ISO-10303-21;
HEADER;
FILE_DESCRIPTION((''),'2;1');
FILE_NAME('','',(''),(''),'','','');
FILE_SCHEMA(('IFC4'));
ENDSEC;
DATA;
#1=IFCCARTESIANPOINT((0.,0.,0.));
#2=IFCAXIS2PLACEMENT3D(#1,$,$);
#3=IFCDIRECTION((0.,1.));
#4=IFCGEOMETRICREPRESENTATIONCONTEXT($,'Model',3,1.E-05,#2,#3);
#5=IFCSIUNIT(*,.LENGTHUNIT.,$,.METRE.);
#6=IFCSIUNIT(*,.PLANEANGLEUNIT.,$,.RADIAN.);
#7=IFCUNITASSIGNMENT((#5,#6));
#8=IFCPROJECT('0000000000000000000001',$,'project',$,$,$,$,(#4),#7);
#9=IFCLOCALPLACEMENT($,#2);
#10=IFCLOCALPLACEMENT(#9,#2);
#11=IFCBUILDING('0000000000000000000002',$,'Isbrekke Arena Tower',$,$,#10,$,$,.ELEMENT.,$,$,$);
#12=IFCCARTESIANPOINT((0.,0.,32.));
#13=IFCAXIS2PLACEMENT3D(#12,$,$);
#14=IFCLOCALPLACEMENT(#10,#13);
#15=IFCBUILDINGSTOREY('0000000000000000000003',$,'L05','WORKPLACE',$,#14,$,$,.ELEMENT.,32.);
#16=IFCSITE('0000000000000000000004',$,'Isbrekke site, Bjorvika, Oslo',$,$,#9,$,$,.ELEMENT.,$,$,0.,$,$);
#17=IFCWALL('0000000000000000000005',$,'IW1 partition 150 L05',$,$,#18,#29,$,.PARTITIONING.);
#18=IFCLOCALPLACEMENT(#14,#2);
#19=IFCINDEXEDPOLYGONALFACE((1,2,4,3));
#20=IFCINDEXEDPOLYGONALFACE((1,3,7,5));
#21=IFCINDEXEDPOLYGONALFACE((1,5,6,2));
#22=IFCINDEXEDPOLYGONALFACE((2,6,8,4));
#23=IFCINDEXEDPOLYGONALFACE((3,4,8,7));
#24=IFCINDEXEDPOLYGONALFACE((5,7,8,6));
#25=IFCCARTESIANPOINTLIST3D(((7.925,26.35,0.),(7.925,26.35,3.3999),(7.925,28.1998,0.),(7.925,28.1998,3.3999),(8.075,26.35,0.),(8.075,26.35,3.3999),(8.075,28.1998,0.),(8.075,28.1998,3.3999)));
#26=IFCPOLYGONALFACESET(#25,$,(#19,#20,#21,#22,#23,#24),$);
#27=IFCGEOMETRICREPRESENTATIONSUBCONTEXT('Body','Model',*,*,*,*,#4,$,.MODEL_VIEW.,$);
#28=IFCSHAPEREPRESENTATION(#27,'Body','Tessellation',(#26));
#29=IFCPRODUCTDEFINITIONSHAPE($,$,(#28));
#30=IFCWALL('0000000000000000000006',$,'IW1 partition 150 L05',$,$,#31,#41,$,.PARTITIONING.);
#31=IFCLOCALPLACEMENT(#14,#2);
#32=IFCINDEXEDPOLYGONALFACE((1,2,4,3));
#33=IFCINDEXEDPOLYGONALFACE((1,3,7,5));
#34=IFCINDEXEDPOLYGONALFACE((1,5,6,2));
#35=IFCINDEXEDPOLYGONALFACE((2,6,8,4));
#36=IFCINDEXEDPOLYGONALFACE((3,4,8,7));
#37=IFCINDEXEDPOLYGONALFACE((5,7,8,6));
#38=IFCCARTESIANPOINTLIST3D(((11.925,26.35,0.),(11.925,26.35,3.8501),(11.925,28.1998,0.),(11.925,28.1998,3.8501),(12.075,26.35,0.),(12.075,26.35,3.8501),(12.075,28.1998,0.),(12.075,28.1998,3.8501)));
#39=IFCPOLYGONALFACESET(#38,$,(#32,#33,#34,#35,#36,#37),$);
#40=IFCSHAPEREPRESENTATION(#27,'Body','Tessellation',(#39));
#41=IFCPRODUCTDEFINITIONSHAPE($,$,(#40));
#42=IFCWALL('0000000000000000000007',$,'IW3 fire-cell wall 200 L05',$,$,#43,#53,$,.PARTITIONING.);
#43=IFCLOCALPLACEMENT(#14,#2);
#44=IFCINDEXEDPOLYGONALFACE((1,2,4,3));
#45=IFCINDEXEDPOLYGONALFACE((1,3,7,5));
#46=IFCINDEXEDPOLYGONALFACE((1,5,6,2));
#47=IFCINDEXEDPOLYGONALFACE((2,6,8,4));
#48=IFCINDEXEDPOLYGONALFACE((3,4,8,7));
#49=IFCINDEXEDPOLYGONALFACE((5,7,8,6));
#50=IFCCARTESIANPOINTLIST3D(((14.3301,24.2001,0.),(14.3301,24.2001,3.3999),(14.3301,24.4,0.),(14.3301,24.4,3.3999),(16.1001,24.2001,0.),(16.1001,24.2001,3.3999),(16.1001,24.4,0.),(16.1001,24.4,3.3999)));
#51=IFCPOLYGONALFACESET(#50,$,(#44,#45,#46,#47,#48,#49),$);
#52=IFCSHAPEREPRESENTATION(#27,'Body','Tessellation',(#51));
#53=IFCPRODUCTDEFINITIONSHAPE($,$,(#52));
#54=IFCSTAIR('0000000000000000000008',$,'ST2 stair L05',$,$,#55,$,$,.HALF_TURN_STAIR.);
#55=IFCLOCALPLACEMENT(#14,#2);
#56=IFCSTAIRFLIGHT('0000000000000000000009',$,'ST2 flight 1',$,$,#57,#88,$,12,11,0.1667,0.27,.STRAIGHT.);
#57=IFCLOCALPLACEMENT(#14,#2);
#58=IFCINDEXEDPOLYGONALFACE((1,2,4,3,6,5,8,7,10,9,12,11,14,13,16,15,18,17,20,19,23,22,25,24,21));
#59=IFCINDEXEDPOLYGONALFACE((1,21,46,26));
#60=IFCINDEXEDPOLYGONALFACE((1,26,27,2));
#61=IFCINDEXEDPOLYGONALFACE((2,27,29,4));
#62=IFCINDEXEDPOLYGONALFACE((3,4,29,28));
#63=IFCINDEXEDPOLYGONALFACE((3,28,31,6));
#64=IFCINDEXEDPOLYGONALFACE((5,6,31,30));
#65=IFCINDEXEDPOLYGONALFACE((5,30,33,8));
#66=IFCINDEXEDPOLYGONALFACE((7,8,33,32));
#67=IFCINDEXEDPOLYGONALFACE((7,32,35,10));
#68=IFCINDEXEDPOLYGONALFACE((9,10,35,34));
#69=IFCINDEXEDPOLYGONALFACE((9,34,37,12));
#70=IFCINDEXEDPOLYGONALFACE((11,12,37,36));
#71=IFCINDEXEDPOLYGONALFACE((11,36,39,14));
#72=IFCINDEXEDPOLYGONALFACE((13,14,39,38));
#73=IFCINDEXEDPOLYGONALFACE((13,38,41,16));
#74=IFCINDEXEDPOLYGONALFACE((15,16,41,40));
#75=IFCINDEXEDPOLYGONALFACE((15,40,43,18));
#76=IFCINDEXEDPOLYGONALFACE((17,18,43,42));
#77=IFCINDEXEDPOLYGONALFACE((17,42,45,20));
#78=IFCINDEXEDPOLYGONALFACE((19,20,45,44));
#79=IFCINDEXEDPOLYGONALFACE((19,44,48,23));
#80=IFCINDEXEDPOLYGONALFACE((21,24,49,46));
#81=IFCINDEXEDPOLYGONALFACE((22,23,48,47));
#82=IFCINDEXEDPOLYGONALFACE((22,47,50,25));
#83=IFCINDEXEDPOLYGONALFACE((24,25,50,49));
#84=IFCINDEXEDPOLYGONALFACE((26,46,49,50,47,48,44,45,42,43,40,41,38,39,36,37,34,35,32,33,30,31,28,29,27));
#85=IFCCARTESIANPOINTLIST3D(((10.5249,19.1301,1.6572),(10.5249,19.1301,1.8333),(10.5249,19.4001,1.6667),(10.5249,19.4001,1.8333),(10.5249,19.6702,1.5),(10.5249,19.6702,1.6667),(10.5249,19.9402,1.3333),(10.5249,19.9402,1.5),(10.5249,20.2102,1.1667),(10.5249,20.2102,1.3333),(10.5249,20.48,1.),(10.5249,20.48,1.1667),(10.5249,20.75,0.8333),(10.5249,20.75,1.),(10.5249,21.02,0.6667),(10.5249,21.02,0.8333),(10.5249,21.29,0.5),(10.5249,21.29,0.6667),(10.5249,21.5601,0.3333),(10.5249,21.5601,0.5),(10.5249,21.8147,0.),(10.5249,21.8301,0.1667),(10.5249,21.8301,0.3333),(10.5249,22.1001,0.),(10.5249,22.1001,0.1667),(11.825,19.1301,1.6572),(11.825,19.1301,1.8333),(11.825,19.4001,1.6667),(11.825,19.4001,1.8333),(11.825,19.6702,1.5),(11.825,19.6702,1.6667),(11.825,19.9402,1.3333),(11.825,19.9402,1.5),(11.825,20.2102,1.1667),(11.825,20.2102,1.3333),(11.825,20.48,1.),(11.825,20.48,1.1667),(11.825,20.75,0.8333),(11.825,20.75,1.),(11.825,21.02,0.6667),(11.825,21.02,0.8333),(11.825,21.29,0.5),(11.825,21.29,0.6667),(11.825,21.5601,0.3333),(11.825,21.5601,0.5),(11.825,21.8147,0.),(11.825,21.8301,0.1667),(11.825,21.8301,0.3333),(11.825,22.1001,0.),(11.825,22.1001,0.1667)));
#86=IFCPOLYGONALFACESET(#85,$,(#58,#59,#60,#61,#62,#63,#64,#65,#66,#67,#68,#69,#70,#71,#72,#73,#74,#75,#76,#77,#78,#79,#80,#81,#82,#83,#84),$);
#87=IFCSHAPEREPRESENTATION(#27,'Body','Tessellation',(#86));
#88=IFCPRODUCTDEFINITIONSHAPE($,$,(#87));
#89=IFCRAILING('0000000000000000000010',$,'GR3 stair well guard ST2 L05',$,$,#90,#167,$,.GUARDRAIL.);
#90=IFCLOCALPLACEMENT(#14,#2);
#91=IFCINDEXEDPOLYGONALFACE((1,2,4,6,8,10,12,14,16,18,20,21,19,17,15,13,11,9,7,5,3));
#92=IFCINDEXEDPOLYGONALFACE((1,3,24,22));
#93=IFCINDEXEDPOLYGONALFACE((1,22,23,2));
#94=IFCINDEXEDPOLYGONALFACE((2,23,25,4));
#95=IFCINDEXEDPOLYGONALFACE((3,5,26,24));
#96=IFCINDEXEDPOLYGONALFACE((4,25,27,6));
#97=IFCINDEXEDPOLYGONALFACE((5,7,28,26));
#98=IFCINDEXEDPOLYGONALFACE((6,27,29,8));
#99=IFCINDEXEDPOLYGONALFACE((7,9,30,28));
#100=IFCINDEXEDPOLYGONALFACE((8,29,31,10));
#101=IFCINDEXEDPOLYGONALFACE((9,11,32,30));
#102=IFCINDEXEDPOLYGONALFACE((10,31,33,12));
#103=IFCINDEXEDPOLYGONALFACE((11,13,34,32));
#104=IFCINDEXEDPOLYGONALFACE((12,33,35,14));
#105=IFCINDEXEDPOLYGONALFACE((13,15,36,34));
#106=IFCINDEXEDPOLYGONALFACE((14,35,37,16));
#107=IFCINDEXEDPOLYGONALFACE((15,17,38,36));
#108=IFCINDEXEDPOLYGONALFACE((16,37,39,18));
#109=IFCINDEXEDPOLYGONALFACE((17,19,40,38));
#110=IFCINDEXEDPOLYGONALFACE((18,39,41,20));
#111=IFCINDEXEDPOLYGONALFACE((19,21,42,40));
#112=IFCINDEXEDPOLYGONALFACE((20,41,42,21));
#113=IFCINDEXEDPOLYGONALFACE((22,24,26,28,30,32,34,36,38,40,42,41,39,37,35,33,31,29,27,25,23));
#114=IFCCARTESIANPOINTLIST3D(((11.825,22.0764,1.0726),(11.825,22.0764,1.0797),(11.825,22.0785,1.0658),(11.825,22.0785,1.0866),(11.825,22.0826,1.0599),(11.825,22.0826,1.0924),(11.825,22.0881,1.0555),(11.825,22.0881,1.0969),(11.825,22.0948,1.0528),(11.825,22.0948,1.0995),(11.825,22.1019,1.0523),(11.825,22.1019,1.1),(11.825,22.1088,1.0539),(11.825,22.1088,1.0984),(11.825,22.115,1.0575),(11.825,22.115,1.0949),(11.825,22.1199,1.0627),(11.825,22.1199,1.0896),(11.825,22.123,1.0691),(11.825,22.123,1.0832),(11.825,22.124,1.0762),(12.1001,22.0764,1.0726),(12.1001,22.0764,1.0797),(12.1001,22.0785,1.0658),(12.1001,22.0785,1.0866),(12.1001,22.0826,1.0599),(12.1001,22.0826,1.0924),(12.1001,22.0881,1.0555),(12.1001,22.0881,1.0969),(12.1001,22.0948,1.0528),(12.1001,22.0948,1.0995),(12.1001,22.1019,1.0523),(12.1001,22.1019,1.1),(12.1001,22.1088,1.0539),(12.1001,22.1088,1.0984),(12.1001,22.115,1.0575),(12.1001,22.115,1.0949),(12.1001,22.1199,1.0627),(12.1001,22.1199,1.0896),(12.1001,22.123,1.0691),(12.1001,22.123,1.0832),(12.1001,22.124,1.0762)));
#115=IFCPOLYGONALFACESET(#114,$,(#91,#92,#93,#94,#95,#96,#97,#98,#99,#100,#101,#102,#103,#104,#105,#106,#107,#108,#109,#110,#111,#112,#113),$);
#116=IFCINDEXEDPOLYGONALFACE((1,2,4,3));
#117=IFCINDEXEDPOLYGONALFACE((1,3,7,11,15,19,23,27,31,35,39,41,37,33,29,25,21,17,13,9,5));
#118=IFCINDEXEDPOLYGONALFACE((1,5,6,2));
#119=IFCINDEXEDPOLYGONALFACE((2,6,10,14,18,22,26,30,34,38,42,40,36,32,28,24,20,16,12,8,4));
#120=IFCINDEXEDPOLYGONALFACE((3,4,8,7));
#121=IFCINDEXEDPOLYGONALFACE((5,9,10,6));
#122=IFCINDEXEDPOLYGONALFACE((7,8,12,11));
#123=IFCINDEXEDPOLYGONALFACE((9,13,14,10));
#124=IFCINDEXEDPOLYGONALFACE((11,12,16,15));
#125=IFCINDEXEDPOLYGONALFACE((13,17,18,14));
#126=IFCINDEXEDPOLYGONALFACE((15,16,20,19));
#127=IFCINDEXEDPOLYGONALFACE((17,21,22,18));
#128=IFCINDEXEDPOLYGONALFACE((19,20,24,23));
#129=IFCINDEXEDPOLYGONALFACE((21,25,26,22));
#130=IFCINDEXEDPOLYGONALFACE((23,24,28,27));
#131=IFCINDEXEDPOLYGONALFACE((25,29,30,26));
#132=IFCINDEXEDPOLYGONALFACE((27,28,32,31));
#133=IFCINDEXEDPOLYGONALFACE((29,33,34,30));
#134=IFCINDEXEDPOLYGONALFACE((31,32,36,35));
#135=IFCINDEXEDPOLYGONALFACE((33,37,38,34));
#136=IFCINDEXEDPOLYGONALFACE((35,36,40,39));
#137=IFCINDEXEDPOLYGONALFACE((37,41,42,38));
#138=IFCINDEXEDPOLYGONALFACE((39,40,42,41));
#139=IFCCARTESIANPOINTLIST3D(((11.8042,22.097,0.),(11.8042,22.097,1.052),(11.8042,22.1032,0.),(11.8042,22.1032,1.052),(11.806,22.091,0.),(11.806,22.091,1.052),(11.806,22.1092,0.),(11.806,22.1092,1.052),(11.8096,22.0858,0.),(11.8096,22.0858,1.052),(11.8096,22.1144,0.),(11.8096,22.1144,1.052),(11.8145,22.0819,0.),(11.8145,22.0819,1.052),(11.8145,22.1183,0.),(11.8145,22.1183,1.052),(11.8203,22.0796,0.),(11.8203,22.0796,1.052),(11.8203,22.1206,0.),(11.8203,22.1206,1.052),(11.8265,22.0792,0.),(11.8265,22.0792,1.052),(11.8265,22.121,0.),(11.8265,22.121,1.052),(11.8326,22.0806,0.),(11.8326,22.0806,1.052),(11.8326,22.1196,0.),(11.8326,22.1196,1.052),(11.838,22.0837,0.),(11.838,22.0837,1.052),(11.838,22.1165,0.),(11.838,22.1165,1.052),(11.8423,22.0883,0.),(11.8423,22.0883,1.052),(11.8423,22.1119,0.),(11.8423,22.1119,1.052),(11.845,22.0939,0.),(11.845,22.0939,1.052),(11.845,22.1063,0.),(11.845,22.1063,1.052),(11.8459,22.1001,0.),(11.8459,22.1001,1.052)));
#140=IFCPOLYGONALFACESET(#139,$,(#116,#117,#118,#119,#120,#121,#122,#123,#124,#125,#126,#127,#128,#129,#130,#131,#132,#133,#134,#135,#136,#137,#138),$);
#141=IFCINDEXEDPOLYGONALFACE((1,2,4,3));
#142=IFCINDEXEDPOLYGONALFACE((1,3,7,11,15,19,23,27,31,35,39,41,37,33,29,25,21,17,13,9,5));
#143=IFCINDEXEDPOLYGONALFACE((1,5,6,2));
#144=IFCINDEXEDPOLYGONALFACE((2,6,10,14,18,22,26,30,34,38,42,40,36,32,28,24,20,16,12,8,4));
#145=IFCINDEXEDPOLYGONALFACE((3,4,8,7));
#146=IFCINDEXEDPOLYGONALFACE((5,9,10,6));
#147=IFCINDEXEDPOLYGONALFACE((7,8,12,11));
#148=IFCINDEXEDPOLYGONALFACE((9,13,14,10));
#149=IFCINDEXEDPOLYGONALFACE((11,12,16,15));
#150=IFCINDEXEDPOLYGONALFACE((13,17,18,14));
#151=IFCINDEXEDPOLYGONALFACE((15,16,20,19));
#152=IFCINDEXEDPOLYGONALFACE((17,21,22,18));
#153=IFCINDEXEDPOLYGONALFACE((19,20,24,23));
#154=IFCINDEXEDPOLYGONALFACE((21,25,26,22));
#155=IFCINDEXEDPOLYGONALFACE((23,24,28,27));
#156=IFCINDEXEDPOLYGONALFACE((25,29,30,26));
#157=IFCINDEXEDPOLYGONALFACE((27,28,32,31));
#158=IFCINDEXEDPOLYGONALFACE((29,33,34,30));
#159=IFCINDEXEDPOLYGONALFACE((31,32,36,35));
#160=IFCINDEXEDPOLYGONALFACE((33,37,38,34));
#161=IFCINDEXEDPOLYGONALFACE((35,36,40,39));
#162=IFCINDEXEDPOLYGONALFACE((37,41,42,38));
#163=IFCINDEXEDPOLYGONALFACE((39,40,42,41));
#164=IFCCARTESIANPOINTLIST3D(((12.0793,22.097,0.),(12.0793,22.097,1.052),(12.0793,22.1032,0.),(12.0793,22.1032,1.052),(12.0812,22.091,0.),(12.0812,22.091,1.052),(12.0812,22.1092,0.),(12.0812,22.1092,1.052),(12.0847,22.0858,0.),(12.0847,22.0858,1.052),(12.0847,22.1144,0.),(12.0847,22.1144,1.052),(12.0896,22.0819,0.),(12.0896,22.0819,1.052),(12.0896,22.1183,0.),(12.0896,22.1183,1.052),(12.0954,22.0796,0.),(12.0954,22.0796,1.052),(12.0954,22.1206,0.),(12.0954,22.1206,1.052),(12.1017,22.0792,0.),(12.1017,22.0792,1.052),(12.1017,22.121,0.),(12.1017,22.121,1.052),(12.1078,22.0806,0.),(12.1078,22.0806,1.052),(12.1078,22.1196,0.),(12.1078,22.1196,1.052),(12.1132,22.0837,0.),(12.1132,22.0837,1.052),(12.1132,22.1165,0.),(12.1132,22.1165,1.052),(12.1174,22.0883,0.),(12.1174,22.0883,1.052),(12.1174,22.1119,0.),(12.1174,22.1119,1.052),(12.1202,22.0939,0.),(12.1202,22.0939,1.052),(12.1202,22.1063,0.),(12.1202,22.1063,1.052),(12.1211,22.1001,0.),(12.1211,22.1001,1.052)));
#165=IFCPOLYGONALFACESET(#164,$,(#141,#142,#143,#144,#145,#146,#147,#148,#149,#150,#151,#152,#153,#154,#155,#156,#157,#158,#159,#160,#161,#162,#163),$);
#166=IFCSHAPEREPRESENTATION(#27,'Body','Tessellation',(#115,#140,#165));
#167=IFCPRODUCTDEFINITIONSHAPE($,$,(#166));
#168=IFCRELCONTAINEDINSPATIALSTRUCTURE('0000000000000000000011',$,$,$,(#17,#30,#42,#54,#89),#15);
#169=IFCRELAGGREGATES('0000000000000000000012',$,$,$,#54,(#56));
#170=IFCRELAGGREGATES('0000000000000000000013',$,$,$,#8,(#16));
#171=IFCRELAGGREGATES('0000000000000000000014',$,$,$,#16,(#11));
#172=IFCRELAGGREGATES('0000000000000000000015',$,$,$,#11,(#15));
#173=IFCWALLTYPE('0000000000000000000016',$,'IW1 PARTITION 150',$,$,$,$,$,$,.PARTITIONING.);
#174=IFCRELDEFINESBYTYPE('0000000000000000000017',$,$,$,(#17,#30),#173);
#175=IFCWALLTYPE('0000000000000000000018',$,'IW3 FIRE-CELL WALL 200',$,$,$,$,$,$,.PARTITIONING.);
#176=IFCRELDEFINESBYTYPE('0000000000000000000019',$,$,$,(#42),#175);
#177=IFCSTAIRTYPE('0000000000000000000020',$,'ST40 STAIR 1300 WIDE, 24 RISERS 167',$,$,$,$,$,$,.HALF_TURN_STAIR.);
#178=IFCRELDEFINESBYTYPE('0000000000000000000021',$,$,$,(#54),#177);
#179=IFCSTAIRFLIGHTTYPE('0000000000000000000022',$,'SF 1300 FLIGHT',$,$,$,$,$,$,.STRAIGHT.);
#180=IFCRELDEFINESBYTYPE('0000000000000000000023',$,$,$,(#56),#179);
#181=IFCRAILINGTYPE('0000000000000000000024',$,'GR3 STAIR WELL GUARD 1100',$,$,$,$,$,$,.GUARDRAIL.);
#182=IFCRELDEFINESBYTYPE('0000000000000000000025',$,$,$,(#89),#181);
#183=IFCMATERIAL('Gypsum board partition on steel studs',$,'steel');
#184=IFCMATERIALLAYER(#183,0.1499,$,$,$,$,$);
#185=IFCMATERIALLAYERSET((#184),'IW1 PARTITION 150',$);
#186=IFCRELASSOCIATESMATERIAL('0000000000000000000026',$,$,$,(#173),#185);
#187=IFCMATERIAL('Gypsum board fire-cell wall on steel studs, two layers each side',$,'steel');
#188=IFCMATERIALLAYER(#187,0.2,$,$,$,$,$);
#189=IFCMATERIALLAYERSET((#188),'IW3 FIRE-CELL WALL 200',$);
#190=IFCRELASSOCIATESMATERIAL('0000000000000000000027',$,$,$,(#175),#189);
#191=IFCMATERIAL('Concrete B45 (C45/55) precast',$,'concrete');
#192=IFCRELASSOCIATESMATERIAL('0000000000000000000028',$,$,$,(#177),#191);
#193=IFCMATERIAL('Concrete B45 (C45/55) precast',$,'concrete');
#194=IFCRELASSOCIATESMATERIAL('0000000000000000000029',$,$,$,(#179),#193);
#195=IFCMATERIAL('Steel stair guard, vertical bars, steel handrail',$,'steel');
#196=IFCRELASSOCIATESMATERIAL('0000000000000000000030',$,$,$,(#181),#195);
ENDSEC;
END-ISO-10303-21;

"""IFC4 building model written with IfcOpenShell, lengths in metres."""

from ifc_helpers import new_model, si_unit, direction, frame, frame_2d, origin, origin_2d, place, context, subcontext, project, spatial, polyline, rectangle, circle, outline, extrude, material, layer, layer_set, type_object, element, aggregate, save


model = new_model("IFC4")

# Units and contexts
model_context = context("Model", 3, precision=1e-05, world=origin(), true_north=direction((0.0, 1.0)))
body_context = subcontext(model_context, "Body", "Model", "MODEL_VIEW")
ifc_project = project(units=[si_unit("LENGTHUNIT", "METRE"), si_unit("PLANEANGLEUNIT", "RADIAN")], contexts=[model_context])

# Site, building, storey
site_placement = place(None, origin())
site = spatial("IfcSite", under=ifc_project, at=site_placement, Name="Isbrekke site, Bjorvika, Oslo", CompositionType="ELEMENT", RefElevation=0.0)
building_placement = place(site_placement, origin())
building = spatial("IfcBuilding", under=site, at=building_placement, Name="Isbrekke Arena Tower", CompositionType="ELEMENT")
storey_placement = place(building_placement, frame((0.0, 0.0, 32.0)))
storey = spatial("IfcBuildingStorey", under=building, at=storey_placement, Name="L05", Description="WORKPLACE", CompositionType="ELEMENT", Elevation=32.0)

# Walls
ifc_material_1 = material(Name="Gypsum board partition on steel studs", Category="steel")
ifc_layer_1 = layer(ifc_material_1, 0.1499)
ifc_layer_set_1 = layer_set([ifc_layer_1], Name="IW1 PARTITION 150")
wall_type_1 = type_object("IfcWallType", Name="IW1 PARTITION 150", PredefinedType="PARTITIONING", material=ifc_layer_set_1)
wall_1_placement = place(storey_placement, frame((8.0, 26.3501, 0.0), z_axis=(0.0, 0.0, 1.0), x_axis=(0.0, 1.0, 0.0)))
element("IfcWall", 1, at=wall_1_placement, inside=storey, type_object=wall_type_1, Name="IW1 partition 150 L05", PredefinedType="PARTITIONING", context=body_context, shape_type="SweptSolid", body=[
    extrude(rectangle(XDim=1.8499, YDim=0.1499, at=frame_2d((0.9248, 0.0))), origin(), (0.0, 0.0, 1.0), 3.3999),
])
wall_2_placement = place(storey_placement, frame((12.0, 26.3501, 0.0), z_axis=(0.0, 0.0, 1.0), x_axis=(0.0, 1.0, 0.0)))
element("IfcWall", 2, at=wall_2_placement, inside=storey, type_object=wall_type_1, Name="IW1 partition 150 L05", PredefinedType="PARTITIONING", context=body_context, shape_type="SweptSolid", body=[
    extrude(rectangle(XDim=1.8499, YDim=0.1499, at=frame_2d((0.9248, 0.0))), origin(), (0.0, 0.0, 1.0), 3.8501),
])
ifc_material_2 = material(Name="Gypsum board fire-cell wall on steel studs, two layers each side", Category="steel")
ifc_layer_2 = layer(ifc_material_2, 0.2)
ifc_layer_set_2 = layer_set([ifc_layer_2], Name="IW3 FIRE-CELL WALL 200")
wall_type_2 = type_object("IfcWallType", Name="IW3 FIRE-CELL WALL 200", PredefinedType="PARTITIONING", material=ifc_layer_set_2)
wall_3_placement = place(storey_placement, frame((14.3301, 24.3, 0.0), z_axis=(0.0, 0.0, 1.0), x_axis=(1.0, 0.0, 0.0)))
element("IfcWall", 3, at=wall_3_placement, inside=storey, type_object=wall_type_2, Name="IW3 fire-cell wall 200 L05", PredefinedType="PARTITIONING", context=body_context, shape_type="SweptSolid", body=[
    extrude(rectangle(XDim=1.77, YDim=0.2, at=frame_2d((0.885, 0.0))), origin(), (0.0, 0.0, 1.0), 3.3999),
])

# Stair, stair flight
ifc_material_3 = material(Name="Concrete B45 (C45/55) precast", Category="concrete")
stair_type = type_object("IfcStairType", Name="ST40 STAIR 1300 WIDE, 24 RISERS 167", PredefinedType="HALF_TURN_STAIR", material=ifc_material_3)
stair_placement = place(storey_placement, origin())
stair = element("IfcStair", 4, at=stair_placement, inside=storey, type_object=stair_type, Name="ST2 stair L05", PredefinedType="HALF_TURN_STAIR")
ifc_material_4 = material(Name="Concrete B45 (C45/55) precast", Category="concrete")
stair_flight_type = type_object("IfcStairFlightType", Name="SF 1300 FLIGHT", PredefinedType="STRAIGHT", material=ifc_material_4)
stair_flight_placement = place(storey_placement, frame((11.175, 22.1001, 0.0), z_axis=(0.0, 0.0, 1.0), x_axis=(0.0, -1.0, 0.0)))
stair_flight = element("IfcStairFlight", 5, at=stair_flight_placement, type_object=stair_flight_type, Name="ST2 flight 1", NumberOfRisers=12, NumberOfTreads=11, PredefinedType="STRAIGHT", RiserHeight=0.1667, TreadLength=0.27, context=body_context, shape_type="SweptSolid", body=[
    extrude(outline(polyline([(0.0, 0.0), (0.0, 0.1667), (0.27, 0.1667), (0.27, 0.3333), (0.54, 0.3333), (0.54, 0.5), (0.8101, 0.5), (0.8101, 0.6667), (1.0801, 0.6667), (1.0801, 0.8333), (1.3501, 0.8333), (1.3501, 1.0), (1.6201, 1.0), (1.6201, 1.1667), (1.8899, 1.1667), (1.8899, 1.3333), (2.1599, 1.3333), (2.1599, 1.5), (2.4299, 1.5), (2.4299, 1.6667), (2.7, 1.6667), (2.7, 1.8333), (2.97, 1.8333), (2.97, 2.0), (2.97, 1.6572), (0.2854, 0.0), (0.0, 0.0)])), frame((0.0, 0.6499, 0.0), z_axis=(0.0, -1.0, 0.0), x_axis=(1.0, 0.0, 0.0)), (0.0, 0.0, 1.0), 1.3),
])
aggregate(stair, [stair_flight])

# Railing
ifc_material_5 = material(Name="Steel stair guard, vertical bars, steel handrail", Category="steel")
railing_type = type_object("IfcRailingType", Name="GR3 STAIR WELL GUARD 1100", PredefinedType="GUARDRAIL", material=ifc_material_5)
railing_placement = place(storey_placement, frame((11.825, 22.1001, 0.0)))
element("IfcRailing", 6, at=railing_placement, inside=storey, type_object=railing_type, Name="GR3 stair well guard ST2 L05", PredefinedType="GUARDRAIL", context=body_context, shape_type="SweptSolid", body=[
    extrude(circle(Radius=0.0239, at=origin_2d()), frame((0.0, 0.0, 1.0762), z_axis=(1.0, 0.0, 0.0), x_axis=(0.0, 1.0, 0.0)), (0.0, 0.0, 1.0), 0.2751),
    extrude(circle(Radius=0.021, at=origin_2d()), origin(), (0.0, 0.0, 1.0), 1.052),
    extrude(circle(Radius=0.021, at=origin_2d()), frame((0.2751, 0.0, 0.0)), (0.0, 0.0, 1.0), 1.052),
])

save(model, "model.ifc")
